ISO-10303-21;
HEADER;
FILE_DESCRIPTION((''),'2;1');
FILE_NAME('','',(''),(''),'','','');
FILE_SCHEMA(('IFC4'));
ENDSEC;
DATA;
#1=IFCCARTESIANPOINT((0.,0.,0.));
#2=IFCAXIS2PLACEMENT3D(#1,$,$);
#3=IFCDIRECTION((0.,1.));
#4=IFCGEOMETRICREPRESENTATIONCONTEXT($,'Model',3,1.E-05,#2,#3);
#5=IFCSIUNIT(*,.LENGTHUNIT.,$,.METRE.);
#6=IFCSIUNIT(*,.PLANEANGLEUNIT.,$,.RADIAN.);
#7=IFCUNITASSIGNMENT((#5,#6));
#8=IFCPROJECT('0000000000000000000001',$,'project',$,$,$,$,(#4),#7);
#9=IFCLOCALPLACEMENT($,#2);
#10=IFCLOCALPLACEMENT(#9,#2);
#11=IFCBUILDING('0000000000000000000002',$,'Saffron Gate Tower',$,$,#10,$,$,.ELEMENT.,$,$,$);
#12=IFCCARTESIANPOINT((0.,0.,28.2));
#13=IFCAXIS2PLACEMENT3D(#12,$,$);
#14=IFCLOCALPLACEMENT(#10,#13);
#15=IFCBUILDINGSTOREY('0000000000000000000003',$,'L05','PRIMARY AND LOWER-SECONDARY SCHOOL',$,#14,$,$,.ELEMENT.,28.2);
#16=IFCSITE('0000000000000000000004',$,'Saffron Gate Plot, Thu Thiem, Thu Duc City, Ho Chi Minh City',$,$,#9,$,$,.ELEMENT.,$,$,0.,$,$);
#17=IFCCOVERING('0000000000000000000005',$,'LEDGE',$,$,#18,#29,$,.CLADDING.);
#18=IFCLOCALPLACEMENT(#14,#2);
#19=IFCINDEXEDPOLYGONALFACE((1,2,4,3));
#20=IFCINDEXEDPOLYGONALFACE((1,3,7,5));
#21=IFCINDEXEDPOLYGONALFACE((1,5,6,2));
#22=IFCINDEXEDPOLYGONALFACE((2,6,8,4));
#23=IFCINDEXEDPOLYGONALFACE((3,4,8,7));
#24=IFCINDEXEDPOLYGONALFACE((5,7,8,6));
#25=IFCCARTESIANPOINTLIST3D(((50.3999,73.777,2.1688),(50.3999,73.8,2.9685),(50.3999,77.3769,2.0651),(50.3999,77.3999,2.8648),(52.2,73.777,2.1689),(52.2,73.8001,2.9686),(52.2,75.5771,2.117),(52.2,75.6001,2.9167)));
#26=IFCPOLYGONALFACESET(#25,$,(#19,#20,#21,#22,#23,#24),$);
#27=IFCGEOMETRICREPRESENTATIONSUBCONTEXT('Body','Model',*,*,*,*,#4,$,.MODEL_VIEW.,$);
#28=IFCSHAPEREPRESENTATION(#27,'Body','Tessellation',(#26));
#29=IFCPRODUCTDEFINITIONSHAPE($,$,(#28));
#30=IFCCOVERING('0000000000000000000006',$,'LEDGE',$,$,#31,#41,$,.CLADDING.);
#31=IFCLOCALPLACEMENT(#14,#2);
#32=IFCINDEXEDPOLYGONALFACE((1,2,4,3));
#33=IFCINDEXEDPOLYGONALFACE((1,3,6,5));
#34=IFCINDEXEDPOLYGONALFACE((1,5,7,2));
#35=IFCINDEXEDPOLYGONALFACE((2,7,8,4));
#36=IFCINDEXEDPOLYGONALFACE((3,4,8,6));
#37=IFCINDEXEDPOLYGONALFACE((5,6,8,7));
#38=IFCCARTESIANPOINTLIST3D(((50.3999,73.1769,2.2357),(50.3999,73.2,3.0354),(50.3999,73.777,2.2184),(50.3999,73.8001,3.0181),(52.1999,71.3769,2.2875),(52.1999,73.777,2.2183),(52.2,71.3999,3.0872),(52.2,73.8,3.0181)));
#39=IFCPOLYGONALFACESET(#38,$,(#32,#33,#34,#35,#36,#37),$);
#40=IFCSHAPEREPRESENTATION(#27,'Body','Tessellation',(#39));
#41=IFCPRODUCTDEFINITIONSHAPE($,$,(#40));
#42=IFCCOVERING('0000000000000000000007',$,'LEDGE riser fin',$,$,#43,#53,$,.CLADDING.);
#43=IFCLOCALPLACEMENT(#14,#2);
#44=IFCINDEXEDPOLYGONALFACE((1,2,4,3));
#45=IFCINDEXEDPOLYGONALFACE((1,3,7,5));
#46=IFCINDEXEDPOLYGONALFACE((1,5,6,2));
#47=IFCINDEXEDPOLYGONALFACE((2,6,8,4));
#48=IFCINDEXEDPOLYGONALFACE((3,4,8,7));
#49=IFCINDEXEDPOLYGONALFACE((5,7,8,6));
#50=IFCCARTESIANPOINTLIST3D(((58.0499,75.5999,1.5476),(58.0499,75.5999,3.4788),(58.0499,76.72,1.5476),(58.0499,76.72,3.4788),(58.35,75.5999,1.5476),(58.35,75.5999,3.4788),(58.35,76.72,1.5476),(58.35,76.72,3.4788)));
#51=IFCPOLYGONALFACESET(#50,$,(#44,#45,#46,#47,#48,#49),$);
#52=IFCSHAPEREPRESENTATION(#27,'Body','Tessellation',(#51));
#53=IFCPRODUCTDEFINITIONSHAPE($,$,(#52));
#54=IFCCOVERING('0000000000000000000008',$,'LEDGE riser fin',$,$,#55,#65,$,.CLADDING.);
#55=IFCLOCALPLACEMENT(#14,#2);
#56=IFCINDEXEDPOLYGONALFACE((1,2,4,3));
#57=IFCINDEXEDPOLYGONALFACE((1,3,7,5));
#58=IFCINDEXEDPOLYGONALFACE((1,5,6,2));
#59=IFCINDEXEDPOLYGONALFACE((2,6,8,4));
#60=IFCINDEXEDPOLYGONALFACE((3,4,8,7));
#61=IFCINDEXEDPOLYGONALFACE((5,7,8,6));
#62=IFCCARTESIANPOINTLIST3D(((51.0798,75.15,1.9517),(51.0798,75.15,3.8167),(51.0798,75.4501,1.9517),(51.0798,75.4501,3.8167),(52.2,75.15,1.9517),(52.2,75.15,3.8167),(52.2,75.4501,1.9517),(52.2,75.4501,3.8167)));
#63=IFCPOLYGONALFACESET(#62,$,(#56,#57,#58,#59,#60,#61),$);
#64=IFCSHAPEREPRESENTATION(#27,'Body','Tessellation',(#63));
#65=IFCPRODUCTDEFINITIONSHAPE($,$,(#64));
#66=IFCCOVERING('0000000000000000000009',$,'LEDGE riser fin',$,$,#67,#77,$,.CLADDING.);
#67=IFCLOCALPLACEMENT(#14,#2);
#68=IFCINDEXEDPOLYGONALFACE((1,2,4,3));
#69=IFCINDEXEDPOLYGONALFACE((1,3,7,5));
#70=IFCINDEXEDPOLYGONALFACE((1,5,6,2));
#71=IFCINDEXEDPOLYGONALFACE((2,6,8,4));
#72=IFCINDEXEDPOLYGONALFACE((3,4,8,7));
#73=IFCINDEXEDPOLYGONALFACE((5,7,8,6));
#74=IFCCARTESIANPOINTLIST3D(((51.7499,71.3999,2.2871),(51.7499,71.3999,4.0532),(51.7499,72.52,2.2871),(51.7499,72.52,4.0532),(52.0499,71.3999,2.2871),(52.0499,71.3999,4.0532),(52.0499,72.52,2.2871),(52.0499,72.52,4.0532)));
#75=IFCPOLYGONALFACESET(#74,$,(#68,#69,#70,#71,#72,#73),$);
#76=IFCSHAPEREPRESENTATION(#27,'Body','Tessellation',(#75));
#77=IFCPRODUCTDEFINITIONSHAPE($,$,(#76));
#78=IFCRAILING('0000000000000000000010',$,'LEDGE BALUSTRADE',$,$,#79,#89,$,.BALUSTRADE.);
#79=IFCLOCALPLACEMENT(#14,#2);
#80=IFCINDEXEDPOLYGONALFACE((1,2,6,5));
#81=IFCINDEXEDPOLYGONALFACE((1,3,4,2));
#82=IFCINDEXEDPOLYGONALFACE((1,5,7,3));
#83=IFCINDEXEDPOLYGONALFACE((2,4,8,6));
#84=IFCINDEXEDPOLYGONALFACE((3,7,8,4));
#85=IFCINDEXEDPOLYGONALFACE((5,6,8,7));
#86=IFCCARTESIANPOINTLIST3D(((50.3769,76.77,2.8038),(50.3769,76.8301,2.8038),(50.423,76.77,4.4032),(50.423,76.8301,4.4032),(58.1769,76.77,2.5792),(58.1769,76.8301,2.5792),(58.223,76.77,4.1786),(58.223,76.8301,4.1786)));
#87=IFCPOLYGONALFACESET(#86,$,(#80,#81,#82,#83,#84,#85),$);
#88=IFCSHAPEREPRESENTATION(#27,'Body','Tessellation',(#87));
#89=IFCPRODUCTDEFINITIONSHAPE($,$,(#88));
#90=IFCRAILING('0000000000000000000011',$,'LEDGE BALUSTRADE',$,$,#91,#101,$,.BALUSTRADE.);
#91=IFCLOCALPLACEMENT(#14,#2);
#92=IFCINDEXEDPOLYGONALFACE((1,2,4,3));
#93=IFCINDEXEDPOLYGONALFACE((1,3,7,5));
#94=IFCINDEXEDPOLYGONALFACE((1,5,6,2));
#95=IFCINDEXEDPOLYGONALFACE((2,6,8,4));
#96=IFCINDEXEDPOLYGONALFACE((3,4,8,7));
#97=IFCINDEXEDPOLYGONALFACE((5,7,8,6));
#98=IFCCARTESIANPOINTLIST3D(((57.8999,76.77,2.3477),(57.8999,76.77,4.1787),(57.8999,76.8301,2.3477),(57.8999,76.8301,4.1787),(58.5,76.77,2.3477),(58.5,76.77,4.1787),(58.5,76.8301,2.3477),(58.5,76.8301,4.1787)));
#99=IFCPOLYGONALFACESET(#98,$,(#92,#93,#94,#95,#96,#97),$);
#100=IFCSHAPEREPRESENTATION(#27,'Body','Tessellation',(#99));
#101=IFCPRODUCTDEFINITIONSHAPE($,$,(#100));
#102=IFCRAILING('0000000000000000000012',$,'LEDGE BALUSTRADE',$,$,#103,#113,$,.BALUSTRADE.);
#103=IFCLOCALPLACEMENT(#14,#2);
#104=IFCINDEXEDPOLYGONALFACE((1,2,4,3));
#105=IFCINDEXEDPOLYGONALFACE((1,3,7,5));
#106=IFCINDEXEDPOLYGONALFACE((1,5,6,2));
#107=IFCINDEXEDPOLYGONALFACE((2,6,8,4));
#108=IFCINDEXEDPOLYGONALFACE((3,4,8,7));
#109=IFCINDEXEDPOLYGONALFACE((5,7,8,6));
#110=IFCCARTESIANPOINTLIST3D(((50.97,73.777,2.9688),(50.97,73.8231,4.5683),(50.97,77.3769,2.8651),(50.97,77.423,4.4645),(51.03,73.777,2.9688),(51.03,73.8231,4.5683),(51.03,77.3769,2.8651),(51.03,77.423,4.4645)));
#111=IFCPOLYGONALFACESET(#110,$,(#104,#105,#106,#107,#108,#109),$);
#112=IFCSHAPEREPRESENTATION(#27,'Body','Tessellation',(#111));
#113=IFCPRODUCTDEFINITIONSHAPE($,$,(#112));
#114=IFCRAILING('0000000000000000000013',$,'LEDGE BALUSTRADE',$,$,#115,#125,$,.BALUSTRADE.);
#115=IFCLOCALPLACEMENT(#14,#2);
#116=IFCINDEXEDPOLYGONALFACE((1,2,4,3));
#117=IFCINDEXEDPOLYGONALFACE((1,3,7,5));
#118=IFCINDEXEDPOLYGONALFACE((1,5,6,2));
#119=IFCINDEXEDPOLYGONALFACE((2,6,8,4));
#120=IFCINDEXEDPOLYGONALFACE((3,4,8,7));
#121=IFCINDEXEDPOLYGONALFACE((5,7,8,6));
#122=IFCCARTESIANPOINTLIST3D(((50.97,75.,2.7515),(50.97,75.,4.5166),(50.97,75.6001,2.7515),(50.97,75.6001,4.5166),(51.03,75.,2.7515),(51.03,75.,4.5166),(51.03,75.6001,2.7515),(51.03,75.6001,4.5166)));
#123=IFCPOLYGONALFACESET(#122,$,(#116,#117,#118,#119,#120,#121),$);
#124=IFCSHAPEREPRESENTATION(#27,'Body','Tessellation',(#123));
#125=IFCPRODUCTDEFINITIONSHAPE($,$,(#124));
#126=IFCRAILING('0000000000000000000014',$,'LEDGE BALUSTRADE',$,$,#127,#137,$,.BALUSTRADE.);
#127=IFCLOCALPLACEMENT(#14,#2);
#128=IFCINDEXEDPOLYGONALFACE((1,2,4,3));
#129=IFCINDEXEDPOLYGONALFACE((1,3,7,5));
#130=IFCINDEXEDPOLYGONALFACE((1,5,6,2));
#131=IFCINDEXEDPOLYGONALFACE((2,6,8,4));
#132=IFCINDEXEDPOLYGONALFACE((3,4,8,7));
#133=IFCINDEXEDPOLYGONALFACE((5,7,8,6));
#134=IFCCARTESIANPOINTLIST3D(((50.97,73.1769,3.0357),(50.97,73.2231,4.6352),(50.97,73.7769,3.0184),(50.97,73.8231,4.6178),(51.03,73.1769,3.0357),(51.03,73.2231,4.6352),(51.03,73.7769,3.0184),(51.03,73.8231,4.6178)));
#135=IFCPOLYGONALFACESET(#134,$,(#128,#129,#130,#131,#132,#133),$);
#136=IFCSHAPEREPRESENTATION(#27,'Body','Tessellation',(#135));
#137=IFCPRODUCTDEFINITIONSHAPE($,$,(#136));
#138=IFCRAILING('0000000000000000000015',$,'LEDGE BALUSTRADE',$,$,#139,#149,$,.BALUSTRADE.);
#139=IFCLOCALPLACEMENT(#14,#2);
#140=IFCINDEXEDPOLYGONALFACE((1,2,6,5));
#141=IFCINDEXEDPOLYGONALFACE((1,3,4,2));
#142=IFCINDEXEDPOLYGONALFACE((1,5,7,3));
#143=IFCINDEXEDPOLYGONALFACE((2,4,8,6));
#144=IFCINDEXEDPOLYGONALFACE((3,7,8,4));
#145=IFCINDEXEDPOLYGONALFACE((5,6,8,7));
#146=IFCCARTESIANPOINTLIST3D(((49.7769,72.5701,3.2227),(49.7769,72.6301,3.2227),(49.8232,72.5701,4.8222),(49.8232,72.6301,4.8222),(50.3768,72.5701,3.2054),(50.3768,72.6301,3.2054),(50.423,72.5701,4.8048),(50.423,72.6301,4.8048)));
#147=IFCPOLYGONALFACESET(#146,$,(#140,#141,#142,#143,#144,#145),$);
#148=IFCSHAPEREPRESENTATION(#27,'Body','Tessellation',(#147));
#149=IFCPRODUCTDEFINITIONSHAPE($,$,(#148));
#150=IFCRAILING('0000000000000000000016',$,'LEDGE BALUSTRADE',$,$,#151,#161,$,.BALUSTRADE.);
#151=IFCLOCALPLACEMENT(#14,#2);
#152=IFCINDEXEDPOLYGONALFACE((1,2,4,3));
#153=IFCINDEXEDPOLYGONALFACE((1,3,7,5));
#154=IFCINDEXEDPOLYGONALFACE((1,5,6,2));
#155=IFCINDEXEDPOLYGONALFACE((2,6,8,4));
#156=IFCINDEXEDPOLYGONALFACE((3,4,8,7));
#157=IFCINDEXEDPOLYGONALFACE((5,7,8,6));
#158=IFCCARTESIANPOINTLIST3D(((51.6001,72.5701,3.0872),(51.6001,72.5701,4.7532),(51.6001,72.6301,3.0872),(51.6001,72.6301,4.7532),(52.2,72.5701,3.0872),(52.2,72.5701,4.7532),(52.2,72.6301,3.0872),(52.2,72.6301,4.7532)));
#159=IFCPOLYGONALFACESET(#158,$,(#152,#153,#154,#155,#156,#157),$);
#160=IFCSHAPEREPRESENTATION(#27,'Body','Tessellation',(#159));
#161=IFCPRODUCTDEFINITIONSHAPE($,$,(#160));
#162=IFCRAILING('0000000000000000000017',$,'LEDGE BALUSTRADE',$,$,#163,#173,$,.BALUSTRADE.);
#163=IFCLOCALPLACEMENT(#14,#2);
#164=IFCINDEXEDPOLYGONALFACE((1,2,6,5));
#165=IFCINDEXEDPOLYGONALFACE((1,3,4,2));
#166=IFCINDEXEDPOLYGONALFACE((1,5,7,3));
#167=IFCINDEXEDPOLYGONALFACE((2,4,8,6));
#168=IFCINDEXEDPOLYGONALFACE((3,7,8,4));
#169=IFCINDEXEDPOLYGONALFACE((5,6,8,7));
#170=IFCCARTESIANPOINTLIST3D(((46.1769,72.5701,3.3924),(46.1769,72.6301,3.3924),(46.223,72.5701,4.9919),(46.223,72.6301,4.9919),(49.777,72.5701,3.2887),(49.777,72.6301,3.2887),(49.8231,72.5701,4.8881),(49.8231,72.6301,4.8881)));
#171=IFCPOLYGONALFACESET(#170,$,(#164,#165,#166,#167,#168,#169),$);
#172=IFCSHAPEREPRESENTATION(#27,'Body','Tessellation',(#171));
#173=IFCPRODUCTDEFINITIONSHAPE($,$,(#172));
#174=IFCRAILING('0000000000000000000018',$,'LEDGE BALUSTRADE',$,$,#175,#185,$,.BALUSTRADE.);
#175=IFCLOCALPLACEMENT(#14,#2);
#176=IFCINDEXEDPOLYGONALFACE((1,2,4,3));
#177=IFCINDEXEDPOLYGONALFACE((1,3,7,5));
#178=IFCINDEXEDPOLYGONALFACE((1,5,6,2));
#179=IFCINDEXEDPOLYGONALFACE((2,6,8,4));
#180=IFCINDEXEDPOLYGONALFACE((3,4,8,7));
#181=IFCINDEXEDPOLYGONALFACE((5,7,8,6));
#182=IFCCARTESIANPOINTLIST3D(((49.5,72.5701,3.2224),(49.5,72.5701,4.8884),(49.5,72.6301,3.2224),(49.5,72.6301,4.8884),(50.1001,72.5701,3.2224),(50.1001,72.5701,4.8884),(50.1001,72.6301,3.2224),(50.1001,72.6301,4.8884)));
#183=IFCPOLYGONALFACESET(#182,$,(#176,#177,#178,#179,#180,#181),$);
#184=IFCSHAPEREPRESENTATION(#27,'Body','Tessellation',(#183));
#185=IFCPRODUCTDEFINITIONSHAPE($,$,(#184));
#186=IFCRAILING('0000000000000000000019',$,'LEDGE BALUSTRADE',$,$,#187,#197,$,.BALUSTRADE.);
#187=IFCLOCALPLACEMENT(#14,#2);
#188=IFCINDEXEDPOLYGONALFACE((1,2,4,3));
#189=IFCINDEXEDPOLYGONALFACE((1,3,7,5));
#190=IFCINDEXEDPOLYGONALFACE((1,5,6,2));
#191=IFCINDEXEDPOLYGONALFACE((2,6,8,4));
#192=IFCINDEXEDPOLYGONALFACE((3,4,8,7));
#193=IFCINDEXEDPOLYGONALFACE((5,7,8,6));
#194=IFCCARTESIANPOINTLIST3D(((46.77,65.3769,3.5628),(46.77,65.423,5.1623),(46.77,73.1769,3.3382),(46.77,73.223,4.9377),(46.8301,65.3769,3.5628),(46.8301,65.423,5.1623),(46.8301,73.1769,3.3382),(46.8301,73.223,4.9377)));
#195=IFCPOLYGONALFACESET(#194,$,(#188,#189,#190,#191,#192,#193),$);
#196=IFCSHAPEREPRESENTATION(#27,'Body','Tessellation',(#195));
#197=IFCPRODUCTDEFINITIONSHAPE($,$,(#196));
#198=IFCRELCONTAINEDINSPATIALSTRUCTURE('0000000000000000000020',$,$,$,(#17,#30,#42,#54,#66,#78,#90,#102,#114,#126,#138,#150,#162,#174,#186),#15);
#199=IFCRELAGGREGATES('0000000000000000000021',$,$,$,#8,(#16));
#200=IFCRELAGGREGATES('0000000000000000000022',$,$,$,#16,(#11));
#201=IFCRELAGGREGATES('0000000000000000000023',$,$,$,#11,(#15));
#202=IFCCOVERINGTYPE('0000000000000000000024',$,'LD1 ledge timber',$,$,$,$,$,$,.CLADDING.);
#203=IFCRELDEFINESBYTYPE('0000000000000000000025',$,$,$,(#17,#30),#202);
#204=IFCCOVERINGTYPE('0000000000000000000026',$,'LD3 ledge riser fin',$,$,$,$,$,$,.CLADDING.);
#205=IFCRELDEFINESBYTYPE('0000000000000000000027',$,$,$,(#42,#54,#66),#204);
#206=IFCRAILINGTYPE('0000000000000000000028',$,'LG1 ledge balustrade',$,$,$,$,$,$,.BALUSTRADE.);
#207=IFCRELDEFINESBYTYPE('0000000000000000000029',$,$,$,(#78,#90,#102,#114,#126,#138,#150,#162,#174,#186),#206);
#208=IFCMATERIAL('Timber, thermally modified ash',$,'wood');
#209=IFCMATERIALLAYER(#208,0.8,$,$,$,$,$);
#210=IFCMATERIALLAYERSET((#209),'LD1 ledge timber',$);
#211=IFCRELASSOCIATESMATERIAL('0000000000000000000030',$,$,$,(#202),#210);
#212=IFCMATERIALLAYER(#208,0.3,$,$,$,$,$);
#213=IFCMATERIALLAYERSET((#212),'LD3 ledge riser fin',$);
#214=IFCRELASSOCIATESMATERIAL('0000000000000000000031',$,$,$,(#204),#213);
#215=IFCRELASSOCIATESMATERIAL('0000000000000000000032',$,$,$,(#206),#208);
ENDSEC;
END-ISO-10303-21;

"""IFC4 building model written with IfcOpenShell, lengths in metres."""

from ifc_helpers import new_model, si_unit, direction, frame, origin, origin_2d, place, context, subcontext, project, spatial, polyline, rectangle, outline, extrude, material, layer, layer_set, type_object, element, save


model = new_model("IFC4")

# Units and contexts
model_context = context("Model", 3, precision=1e-05, world=origin(), true_north=direction((0.0, 1.0)))
body_context = subcontext(model_context, "Body", "Model", "MODEL_VIEW")
ifc_project = project(units=[si_unit("LENGTHUNIT", "METRE"), si_unit("PLANEANGLEUNIT", "RADIAN")], contexts=[model_context])

# Site, building, storey
site_placement = place(None, origin())
site = spatial("IfcSite", under=ifc_project, at=site_placement, Name="Saffron Gate Plot, Thu Thiem, Thu Duc City, Ho Chi Minh City", CompositionType="ELEMENT", RefElevation=0.0)
building_placement = place(site_placement, origin())
building = spatial("IfcBuilding", under=site, at=building_placement, Name="Saffron Gate Tower", CompositionType="ELEMENT")
storey_placement = place(building_placement, frame((0.0, 0.0, 28.2)))
storey = spatial("IfcBuildingStorey", under=building, at=storey_placement, Name="L05", Description="PRIMARY AND LOWER-SECONDARY SCHOOL", CompositionType="ELEMENT", Elevation=28.2)

# Coverings
ifc_material_1 = material(Name="Timber, thermally modified ash", Category="wood")
ifc_layer_1 = layer(ifc_material_1, 0.8)
ifc_layer_set_1 = layer_set([ifc_layer_1], Name="LD1 ledge timber")
covering_type_1 = type_object("IfcCoveringType", Name="LD1 ledge timber", PredefinedType="CLADDING", material=ifc_layer_set_1)
covering_1_placement = place(storey_placement, frame((52.2, 75.6001, 2.9167), z_axis=(-0.000046, 0.028788, 0.999586), x_axis=(0.0, -0.999586, 0.028788)))
element("IfcCovering", 1, at=covering_1_placement, inside=storey, type_object=covering_type_1, Name="LEDGE", PredefinedType="CLADDING", context=body_context, shape_type="SweptSolid", body=[
    extrude(outline(polyline([(0.0, 0.0), (1.8008, 0.0), (1.8008, -1.8), (-1.8006, -1.8), (0.0, 0.0)])), origin(), (0.0, 0.0, -1.0), 0.8),
])
covering_2_placement = place(storey_placement, frame((52.2, 73.8, 3.0181), z_axis=(0.000026, 0.028794, 0.999585), x_axis=(0.0, -0.999585, 0.028794)))
element("IfcCovering", 2, at=covering_2_placement, inside=storey, type_object=covering_type_1, Name="LEDGE", PredefinedType="CLADDING", context=body_context, shape_type="SweptSolid", body=[
    extrude(outline(polyline([(0.0, 0.0), (2.4011, 0.0), (0.6003, -1.8), (0.0, -1.8), (0.0, 0.0)])), origin(), (0.0, 0.0, -1.0), 0.8),
])
ifc_layer_2 = layer(ifc_material_1, 0.3)
ifc_layer_set_2 = layer_set([ifc_layer_2], Name="LD3 ledge riser fin")
covering_type_2 = type_object("IfcCoveringType", Name="LD3 ledge riser fin", PredefinedType="CLADDING", material=ifc_layer_set_2)
covering_3_placement = place(storey_placement, frame((58.2, 76.1599, 1.5476), z_axis=(0.0, 0.0, 1.0), x_axis=(-1.0, 0.0, 0.0)))
element("IfcCovering", 3, at=covering_3_placement, inside=storey, type_object=covering_type_2, Name="LEDGE riser fin", PredefinedType="CLADDING", context=body_context, shape_type="SweptSolid", body=[
    extrude(rectangle(XDim=0.3, YDim=1.1201, at=origin_2d()), origin(), (0.0, 0.0, 1.0), 1.9312),
])
covering_4_placement = place(storey_placement, frame((51.6399, 75.3, 1.9517), z_axis=(0.0, 0.0, 1.0), x_axis=(0.0, -1.0, 0.0)))
element("IfcCovering", 4, at=covering_4_placement, inside=storey, type_object=covering_type_2, Name="LEDGE riser fin", PredefinedType="CLADDING", context=body_context, shape_type="SweptSolid", body=[
    extrude(rectangle(XDim=0.3, YDim=1.1201, at=origin_2d()), origin(), (0.0, 0.0, 1.0), 1.865),
])
covering_5_placement = place(storey_placement, frame((51.8999, 71.96, 2.2871), z_axis=(0.0, 0.0, 1.0), x_axis=(-1.0, 0.0, 0.0)))
element("IfcCovering", 5, at=covering_5_placement, inside=storey, type_object=covering_type_2, Name="LEDGE riser fin", PredefinedType="CLADDING", context=body_context, shape_type="SweptSolid", body=[
    extrude(rectangle(XDim=0.3, YDim=1.1201, at=origin_2d()), origin(), (0.0, 0.0, 1.0), 1.7661),
])

# Railings
railing_type = type_object("IfcRailingType", Name="LG1 ledge balustrade", PredefinedType="BALUSTRADE", material=ifc_material_1)
railing_1_placement = place(storey_placement, frame((58.2, 76.8, 2.5789)))
element("IfcRailing", 6, at=railing_1_placement, inside=storey, type_object=railing_type, Name="LEDGE BALUSTRADE", PredefinedType="BALUSTRADE", context=body_context, shape_type="SweptSolid", body=[
    extrude(rectangle(XDim=0.0601, YDim=1.6001, at=origin_2d()), frame((0.0, 0.0, 0.8), z_axis=(-0.999586, 0.0, 0.028784), x_axis=(0.0, -1.0, 0.0)), (0.0, 0.0, 1.0), 7.8032),
])
railing_2_placement = place(storey_placement, frame((58.5, 76.8, 2.3477)))
element("IfcRailing", 7, at=railing_2_placement, inside=storey, type_object=railing_type, Name="LEDGE BALUSTRADE", PredefinedType="BALUSTRADE", context=body_context, shape_type="SweptSolid", body=[
    extrude(rectangle(XDim=0.0601, YDim=1.8311, at=origin_2d()), frame((0.0, 0.0, 0.9155), z_axis=(-1.0, 0.0, 0.0), x_axis=(0.0, -1.0, 0.0)), (0.0, 0.0, 1.0), 0.6001),
])
railing_3_placement = place(storey_placement, frame((51.0, 77.3999, 2.8647)))
element("IfcRailing", 8, at=railing_3_placement, inside=storey, type_object=railing_type, Name="LEDGE BALUSTRADE", PredefinedType="BALUSTRADE", context=body_context, shape_type="SweptSolid", body=[
    extrude(rectangle(XDim=0.0601, YDim=1.6001, at=origin_2d()), frame((0.0, 0.0, 0.8), z_axis=(0.0, -0.999585, 0.028811), x_axis=(1.0, 0.0, 0.0)), (0.0, 0.0, 1.0), 3.6013),
])
railing_4_placement = place(storey_placement, frame((51.0, 75.6001, 2.7515)))
element("IfcRailing", 9, at=railing_4_placement, inside=storey, type_object=railing_type, Name="LEDGE BALUSTRADE", PredefinedType="BALUSTRADE", context=body_context, shape_type="SweptSolid", body=[
    extrude(rectangle(XDim=0.0601, YDim=1.7651, at=origin_2d()), frame((0.0, 0.0, 0.8826), z_axis=(0.0, -1.0, 0.0), x_axis=(1.0, 0.0, 0.0)), (0.0, 0.0, 1.0), 0.6001),
])
railing_5_placement = place(storey_placement, frame((51.0, 73.8, 3.0181)))
element("IfcRailing", 10, at=railing_5_placement, inside=storey, type_object=railing_type, Name="LEDGE BALUSTRADE", PredefinedType="BALUSTRADE", context=body_context, shape_type="SweptSolid", body=[
    extrude(rectangle(XDim=0.0601, YDim=1.6001, at=origin_2d()), frame((0.0, 0.0, 0.8), z_axis=(0.0, -0.999583, 0.028873), x_axis=(1.0, 0.0, 0.0)), (0.0, 0.0, 1.0), 0.6003),
])
railing_6_placement = place(storey_placement, frame((50.3999, 72.6001, 3.2051)))
element("IfcRailing", 11, at=railing_6_placement, inside=storey, type_object=railing_type, Name="LEDGE BALUSTRADE", PredefinedType="BALUSTRADE", context=body_context, shape_type="SweptSolid", body=[
    extrude(rectangle(XDim=0.0601, YDim=1.6001, at=origin_2d()), frame((0.0, 0.0, 0.8), z_axis=(-0.999583, 0.0, 0.028885), x_axis=(0.0, -1.0, 0.0)), (0.0, 0.0, 1.0), 0.6001),
])
railing_7_placement = place(storey_placement, frame((52.2, 72.6001, 3.0872)))
element("IfcRailing", 12, at=railing_7_placement, inside=storey, type_object=railing_type, Name="LEDGE BALUSTRADE", PredefinedType="BALUSTRADE", context=body_context, shape_type="SweptSolid", body=[
    extrude(rectangle(XDim=0.0601, YDim=1.666, at=origin_2d()), frame((0.0, 0.0, 0.833), z_axis=(-1.0, 0.0, 0.0), x_axis=(0.0, -1.0, 0.0)), (0.0, 0.0, 1.0), 0.5999),
])
railing_8_placement = place(storey_placement, frame((49.8, 72.6001, 3.2883)))
element("IfcRailing", 13, at=railing_8_placement, inside=storey, type_object=railing_type, Name="LEDGE BALUSTRADE", PredefinedType="BALUSTRADE", context=body_context, shape_type="SweptSolid", body=[
    extrude(rectangle(XDim=0.0601, YDim=1.6001, at=origin_2d()), frame((0.0, 0.0, 0.8), z_axis=(-0.999585, 0.0, 0.028809), x_axis=(0.0, -1.0, 0.0)), (0.0, 0.0, 1.0), 3.6016),
])
railing_9_placement = place(storey_placement, frame((50.1001, 72.6001, 3.2224)))
element("IfcRailing", 14, at=railing_9_placement, inside=storey, type_object=railing_type, Name="LEDGE BALUSTRADE", PredefinedType="BALUSTRADE", context=body_context, shape_type="SweptSolid", body=[
    extrude(rectangle(XDim=0.0601, YDim=1.666, at=origin_2d()), frame((0.0, 0.0, 0.833), z_axis=(-1.0, 0.0, 0.0), x_axis=(0.0, -1.0, 0.0)), (0.0, 0.0, 1.0), 0.6001),
])
railing_10_placement = place(storey_placement, frame((46.8, 73.2, 3.3379)))
element("IfcRailing", 15, at=railing_10_placement, inside=storey, type_object=railing_type, Name="LEDGE BALUSTRADE", PredefinedType="BALUSTRADE", context=body_context, shape_type="SweptSolid", body=[
    extrude(rectangle(XDim=0.0601, YDim=1.6001, at=origin_2d()), frame((0.0, 0.0, 0.8), z_axis=(0.0, -0.999586, 0.028784), x_axis=(1.0, 0.0, 0.0)), (0.0, 0.0, 1.0), 7.8032),
])

save(model, "model.ifc")
